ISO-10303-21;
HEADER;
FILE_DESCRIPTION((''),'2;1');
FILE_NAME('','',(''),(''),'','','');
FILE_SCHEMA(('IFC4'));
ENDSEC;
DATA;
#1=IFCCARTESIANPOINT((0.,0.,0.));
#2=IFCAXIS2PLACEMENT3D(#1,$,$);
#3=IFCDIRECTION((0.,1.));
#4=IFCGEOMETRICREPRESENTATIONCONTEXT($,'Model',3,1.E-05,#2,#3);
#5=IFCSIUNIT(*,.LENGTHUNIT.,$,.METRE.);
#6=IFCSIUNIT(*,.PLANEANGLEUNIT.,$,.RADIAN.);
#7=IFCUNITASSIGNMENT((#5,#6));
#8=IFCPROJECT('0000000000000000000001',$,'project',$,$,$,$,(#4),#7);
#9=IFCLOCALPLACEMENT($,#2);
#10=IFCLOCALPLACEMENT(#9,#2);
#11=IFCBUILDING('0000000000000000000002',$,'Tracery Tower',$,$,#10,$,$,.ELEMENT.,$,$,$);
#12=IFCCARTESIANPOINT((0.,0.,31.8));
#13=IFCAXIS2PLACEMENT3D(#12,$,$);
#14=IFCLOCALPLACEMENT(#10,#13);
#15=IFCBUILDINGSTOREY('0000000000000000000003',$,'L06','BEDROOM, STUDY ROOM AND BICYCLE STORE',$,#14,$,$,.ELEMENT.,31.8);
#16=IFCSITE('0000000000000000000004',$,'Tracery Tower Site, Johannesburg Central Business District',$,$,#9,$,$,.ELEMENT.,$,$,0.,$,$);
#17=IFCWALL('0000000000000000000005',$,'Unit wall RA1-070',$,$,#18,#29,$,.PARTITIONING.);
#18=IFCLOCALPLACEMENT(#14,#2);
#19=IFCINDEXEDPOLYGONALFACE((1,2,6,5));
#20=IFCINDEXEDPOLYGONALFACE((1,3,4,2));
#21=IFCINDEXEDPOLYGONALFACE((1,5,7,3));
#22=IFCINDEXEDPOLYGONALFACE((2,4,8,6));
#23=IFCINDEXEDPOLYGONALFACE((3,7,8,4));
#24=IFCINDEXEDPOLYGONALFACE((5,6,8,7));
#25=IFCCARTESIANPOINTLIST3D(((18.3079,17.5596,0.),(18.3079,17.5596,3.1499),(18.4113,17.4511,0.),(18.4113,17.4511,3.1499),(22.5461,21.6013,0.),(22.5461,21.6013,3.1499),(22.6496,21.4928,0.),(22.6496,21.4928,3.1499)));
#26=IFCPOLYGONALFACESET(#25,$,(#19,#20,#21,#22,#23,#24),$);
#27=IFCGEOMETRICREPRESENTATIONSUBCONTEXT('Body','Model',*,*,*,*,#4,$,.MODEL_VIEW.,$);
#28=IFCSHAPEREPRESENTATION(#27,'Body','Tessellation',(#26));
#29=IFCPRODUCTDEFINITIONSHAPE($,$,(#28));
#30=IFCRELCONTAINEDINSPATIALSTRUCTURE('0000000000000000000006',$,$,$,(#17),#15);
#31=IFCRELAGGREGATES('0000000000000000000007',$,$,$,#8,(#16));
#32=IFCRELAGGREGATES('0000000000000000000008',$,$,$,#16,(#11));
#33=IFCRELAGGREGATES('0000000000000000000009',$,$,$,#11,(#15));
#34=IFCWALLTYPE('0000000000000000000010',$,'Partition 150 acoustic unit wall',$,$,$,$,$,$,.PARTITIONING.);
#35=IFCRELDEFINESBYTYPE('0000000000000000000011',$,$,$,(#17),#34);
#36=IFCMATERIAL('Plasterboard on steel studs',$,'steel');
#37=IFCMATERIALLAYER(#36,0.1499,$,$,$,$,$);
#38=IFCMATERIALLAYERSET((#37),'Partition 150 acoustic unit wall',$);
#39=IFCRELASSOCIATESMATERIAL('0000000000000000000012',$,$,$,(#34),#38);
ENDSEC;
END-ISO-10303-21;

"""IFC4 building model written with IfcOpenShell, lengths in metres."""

from ifc_helpers import new_model, si_unit, direction, frame, frame_2d, origin, place, context, subcontext, project, spatial, rectangle, extrude, material, layer, layer_set, type_object, element, save


model = new_model("IFC4")

# Units and contexts
model_context = context("Model", 3, precision=1e-05, world=origin(), true_north=direction((0.0, 1.0)))
body_context = subcontext(model_context, "Body", "Model", "MODEL_VIEW")
ifc_project = project(units=[si_unit("LENGTHUNIT", "METRE"), si_unit("PLANEANGLEUNIT", "RADIAN")], contexts=[model_context])

# Site, building, storey
site_placement = place(None, origin())
site = spatial("IfcSite", under=ifc_project, at=site_placement, Name="Tracery Tower Site, Johannesburg Central Business District", CompositionType="ELEMENT", RefElevation=0.0)
building_placement = place(site_placement, origin())
building = spatial("IfcBuilding", under=site, at=building_placement, Name="Tracery Tower", CompositionType="ELEMENT")
storey_placement = place(building_placement, frame((0.0, 0.0, 31.8)))
storey = spatial("IfcBuildingStorey", under=building, at=storey_placement, Name="L06", Description="BEDROOM, STUDY ROOM AND BICYCLE STORE", CompositionType="ELEMENT", Elevation=31.8)

# Wall
ifc_material_1 = material(Name="Plasterboard on steel studs", Category="steel")
ifc_layer_1 = layer(ifc_material_1, 0.1499)
ifc_layer_set_1 = layer_set([ifc_layer_1], Name="Partition 150 acoustic unit wall")
wall_type_1 = type_object("IfcWallType", Name="Partition 150 acoustic unit wall", PredefinedType="PARTITIONING", material=ifc_layer_set_1)
wall_1_placement = place(storey_placement, frame((18.3596, 17.5054, 0.0), z_axis=(0.0, 0.0, 1.0), x_axis=(0.723687, 0.690129, 0.0)))
element("IfcWall", 1, at=wall_1_placement, inside=storey, type_object=wall_type_1, Name="Unit wall RA1-070", PredefinedType="PARTITIONING", context=body_context, shape_type="SweptSolid", body=[
    extrude(rectangle(XDim=5.8564, YDim=0.1499, at=frame_2d((2.9282, 0.0))), origin(), (0.0, 0.0, 1.0), 3.1499),
])

save(model, "model.ifc")
